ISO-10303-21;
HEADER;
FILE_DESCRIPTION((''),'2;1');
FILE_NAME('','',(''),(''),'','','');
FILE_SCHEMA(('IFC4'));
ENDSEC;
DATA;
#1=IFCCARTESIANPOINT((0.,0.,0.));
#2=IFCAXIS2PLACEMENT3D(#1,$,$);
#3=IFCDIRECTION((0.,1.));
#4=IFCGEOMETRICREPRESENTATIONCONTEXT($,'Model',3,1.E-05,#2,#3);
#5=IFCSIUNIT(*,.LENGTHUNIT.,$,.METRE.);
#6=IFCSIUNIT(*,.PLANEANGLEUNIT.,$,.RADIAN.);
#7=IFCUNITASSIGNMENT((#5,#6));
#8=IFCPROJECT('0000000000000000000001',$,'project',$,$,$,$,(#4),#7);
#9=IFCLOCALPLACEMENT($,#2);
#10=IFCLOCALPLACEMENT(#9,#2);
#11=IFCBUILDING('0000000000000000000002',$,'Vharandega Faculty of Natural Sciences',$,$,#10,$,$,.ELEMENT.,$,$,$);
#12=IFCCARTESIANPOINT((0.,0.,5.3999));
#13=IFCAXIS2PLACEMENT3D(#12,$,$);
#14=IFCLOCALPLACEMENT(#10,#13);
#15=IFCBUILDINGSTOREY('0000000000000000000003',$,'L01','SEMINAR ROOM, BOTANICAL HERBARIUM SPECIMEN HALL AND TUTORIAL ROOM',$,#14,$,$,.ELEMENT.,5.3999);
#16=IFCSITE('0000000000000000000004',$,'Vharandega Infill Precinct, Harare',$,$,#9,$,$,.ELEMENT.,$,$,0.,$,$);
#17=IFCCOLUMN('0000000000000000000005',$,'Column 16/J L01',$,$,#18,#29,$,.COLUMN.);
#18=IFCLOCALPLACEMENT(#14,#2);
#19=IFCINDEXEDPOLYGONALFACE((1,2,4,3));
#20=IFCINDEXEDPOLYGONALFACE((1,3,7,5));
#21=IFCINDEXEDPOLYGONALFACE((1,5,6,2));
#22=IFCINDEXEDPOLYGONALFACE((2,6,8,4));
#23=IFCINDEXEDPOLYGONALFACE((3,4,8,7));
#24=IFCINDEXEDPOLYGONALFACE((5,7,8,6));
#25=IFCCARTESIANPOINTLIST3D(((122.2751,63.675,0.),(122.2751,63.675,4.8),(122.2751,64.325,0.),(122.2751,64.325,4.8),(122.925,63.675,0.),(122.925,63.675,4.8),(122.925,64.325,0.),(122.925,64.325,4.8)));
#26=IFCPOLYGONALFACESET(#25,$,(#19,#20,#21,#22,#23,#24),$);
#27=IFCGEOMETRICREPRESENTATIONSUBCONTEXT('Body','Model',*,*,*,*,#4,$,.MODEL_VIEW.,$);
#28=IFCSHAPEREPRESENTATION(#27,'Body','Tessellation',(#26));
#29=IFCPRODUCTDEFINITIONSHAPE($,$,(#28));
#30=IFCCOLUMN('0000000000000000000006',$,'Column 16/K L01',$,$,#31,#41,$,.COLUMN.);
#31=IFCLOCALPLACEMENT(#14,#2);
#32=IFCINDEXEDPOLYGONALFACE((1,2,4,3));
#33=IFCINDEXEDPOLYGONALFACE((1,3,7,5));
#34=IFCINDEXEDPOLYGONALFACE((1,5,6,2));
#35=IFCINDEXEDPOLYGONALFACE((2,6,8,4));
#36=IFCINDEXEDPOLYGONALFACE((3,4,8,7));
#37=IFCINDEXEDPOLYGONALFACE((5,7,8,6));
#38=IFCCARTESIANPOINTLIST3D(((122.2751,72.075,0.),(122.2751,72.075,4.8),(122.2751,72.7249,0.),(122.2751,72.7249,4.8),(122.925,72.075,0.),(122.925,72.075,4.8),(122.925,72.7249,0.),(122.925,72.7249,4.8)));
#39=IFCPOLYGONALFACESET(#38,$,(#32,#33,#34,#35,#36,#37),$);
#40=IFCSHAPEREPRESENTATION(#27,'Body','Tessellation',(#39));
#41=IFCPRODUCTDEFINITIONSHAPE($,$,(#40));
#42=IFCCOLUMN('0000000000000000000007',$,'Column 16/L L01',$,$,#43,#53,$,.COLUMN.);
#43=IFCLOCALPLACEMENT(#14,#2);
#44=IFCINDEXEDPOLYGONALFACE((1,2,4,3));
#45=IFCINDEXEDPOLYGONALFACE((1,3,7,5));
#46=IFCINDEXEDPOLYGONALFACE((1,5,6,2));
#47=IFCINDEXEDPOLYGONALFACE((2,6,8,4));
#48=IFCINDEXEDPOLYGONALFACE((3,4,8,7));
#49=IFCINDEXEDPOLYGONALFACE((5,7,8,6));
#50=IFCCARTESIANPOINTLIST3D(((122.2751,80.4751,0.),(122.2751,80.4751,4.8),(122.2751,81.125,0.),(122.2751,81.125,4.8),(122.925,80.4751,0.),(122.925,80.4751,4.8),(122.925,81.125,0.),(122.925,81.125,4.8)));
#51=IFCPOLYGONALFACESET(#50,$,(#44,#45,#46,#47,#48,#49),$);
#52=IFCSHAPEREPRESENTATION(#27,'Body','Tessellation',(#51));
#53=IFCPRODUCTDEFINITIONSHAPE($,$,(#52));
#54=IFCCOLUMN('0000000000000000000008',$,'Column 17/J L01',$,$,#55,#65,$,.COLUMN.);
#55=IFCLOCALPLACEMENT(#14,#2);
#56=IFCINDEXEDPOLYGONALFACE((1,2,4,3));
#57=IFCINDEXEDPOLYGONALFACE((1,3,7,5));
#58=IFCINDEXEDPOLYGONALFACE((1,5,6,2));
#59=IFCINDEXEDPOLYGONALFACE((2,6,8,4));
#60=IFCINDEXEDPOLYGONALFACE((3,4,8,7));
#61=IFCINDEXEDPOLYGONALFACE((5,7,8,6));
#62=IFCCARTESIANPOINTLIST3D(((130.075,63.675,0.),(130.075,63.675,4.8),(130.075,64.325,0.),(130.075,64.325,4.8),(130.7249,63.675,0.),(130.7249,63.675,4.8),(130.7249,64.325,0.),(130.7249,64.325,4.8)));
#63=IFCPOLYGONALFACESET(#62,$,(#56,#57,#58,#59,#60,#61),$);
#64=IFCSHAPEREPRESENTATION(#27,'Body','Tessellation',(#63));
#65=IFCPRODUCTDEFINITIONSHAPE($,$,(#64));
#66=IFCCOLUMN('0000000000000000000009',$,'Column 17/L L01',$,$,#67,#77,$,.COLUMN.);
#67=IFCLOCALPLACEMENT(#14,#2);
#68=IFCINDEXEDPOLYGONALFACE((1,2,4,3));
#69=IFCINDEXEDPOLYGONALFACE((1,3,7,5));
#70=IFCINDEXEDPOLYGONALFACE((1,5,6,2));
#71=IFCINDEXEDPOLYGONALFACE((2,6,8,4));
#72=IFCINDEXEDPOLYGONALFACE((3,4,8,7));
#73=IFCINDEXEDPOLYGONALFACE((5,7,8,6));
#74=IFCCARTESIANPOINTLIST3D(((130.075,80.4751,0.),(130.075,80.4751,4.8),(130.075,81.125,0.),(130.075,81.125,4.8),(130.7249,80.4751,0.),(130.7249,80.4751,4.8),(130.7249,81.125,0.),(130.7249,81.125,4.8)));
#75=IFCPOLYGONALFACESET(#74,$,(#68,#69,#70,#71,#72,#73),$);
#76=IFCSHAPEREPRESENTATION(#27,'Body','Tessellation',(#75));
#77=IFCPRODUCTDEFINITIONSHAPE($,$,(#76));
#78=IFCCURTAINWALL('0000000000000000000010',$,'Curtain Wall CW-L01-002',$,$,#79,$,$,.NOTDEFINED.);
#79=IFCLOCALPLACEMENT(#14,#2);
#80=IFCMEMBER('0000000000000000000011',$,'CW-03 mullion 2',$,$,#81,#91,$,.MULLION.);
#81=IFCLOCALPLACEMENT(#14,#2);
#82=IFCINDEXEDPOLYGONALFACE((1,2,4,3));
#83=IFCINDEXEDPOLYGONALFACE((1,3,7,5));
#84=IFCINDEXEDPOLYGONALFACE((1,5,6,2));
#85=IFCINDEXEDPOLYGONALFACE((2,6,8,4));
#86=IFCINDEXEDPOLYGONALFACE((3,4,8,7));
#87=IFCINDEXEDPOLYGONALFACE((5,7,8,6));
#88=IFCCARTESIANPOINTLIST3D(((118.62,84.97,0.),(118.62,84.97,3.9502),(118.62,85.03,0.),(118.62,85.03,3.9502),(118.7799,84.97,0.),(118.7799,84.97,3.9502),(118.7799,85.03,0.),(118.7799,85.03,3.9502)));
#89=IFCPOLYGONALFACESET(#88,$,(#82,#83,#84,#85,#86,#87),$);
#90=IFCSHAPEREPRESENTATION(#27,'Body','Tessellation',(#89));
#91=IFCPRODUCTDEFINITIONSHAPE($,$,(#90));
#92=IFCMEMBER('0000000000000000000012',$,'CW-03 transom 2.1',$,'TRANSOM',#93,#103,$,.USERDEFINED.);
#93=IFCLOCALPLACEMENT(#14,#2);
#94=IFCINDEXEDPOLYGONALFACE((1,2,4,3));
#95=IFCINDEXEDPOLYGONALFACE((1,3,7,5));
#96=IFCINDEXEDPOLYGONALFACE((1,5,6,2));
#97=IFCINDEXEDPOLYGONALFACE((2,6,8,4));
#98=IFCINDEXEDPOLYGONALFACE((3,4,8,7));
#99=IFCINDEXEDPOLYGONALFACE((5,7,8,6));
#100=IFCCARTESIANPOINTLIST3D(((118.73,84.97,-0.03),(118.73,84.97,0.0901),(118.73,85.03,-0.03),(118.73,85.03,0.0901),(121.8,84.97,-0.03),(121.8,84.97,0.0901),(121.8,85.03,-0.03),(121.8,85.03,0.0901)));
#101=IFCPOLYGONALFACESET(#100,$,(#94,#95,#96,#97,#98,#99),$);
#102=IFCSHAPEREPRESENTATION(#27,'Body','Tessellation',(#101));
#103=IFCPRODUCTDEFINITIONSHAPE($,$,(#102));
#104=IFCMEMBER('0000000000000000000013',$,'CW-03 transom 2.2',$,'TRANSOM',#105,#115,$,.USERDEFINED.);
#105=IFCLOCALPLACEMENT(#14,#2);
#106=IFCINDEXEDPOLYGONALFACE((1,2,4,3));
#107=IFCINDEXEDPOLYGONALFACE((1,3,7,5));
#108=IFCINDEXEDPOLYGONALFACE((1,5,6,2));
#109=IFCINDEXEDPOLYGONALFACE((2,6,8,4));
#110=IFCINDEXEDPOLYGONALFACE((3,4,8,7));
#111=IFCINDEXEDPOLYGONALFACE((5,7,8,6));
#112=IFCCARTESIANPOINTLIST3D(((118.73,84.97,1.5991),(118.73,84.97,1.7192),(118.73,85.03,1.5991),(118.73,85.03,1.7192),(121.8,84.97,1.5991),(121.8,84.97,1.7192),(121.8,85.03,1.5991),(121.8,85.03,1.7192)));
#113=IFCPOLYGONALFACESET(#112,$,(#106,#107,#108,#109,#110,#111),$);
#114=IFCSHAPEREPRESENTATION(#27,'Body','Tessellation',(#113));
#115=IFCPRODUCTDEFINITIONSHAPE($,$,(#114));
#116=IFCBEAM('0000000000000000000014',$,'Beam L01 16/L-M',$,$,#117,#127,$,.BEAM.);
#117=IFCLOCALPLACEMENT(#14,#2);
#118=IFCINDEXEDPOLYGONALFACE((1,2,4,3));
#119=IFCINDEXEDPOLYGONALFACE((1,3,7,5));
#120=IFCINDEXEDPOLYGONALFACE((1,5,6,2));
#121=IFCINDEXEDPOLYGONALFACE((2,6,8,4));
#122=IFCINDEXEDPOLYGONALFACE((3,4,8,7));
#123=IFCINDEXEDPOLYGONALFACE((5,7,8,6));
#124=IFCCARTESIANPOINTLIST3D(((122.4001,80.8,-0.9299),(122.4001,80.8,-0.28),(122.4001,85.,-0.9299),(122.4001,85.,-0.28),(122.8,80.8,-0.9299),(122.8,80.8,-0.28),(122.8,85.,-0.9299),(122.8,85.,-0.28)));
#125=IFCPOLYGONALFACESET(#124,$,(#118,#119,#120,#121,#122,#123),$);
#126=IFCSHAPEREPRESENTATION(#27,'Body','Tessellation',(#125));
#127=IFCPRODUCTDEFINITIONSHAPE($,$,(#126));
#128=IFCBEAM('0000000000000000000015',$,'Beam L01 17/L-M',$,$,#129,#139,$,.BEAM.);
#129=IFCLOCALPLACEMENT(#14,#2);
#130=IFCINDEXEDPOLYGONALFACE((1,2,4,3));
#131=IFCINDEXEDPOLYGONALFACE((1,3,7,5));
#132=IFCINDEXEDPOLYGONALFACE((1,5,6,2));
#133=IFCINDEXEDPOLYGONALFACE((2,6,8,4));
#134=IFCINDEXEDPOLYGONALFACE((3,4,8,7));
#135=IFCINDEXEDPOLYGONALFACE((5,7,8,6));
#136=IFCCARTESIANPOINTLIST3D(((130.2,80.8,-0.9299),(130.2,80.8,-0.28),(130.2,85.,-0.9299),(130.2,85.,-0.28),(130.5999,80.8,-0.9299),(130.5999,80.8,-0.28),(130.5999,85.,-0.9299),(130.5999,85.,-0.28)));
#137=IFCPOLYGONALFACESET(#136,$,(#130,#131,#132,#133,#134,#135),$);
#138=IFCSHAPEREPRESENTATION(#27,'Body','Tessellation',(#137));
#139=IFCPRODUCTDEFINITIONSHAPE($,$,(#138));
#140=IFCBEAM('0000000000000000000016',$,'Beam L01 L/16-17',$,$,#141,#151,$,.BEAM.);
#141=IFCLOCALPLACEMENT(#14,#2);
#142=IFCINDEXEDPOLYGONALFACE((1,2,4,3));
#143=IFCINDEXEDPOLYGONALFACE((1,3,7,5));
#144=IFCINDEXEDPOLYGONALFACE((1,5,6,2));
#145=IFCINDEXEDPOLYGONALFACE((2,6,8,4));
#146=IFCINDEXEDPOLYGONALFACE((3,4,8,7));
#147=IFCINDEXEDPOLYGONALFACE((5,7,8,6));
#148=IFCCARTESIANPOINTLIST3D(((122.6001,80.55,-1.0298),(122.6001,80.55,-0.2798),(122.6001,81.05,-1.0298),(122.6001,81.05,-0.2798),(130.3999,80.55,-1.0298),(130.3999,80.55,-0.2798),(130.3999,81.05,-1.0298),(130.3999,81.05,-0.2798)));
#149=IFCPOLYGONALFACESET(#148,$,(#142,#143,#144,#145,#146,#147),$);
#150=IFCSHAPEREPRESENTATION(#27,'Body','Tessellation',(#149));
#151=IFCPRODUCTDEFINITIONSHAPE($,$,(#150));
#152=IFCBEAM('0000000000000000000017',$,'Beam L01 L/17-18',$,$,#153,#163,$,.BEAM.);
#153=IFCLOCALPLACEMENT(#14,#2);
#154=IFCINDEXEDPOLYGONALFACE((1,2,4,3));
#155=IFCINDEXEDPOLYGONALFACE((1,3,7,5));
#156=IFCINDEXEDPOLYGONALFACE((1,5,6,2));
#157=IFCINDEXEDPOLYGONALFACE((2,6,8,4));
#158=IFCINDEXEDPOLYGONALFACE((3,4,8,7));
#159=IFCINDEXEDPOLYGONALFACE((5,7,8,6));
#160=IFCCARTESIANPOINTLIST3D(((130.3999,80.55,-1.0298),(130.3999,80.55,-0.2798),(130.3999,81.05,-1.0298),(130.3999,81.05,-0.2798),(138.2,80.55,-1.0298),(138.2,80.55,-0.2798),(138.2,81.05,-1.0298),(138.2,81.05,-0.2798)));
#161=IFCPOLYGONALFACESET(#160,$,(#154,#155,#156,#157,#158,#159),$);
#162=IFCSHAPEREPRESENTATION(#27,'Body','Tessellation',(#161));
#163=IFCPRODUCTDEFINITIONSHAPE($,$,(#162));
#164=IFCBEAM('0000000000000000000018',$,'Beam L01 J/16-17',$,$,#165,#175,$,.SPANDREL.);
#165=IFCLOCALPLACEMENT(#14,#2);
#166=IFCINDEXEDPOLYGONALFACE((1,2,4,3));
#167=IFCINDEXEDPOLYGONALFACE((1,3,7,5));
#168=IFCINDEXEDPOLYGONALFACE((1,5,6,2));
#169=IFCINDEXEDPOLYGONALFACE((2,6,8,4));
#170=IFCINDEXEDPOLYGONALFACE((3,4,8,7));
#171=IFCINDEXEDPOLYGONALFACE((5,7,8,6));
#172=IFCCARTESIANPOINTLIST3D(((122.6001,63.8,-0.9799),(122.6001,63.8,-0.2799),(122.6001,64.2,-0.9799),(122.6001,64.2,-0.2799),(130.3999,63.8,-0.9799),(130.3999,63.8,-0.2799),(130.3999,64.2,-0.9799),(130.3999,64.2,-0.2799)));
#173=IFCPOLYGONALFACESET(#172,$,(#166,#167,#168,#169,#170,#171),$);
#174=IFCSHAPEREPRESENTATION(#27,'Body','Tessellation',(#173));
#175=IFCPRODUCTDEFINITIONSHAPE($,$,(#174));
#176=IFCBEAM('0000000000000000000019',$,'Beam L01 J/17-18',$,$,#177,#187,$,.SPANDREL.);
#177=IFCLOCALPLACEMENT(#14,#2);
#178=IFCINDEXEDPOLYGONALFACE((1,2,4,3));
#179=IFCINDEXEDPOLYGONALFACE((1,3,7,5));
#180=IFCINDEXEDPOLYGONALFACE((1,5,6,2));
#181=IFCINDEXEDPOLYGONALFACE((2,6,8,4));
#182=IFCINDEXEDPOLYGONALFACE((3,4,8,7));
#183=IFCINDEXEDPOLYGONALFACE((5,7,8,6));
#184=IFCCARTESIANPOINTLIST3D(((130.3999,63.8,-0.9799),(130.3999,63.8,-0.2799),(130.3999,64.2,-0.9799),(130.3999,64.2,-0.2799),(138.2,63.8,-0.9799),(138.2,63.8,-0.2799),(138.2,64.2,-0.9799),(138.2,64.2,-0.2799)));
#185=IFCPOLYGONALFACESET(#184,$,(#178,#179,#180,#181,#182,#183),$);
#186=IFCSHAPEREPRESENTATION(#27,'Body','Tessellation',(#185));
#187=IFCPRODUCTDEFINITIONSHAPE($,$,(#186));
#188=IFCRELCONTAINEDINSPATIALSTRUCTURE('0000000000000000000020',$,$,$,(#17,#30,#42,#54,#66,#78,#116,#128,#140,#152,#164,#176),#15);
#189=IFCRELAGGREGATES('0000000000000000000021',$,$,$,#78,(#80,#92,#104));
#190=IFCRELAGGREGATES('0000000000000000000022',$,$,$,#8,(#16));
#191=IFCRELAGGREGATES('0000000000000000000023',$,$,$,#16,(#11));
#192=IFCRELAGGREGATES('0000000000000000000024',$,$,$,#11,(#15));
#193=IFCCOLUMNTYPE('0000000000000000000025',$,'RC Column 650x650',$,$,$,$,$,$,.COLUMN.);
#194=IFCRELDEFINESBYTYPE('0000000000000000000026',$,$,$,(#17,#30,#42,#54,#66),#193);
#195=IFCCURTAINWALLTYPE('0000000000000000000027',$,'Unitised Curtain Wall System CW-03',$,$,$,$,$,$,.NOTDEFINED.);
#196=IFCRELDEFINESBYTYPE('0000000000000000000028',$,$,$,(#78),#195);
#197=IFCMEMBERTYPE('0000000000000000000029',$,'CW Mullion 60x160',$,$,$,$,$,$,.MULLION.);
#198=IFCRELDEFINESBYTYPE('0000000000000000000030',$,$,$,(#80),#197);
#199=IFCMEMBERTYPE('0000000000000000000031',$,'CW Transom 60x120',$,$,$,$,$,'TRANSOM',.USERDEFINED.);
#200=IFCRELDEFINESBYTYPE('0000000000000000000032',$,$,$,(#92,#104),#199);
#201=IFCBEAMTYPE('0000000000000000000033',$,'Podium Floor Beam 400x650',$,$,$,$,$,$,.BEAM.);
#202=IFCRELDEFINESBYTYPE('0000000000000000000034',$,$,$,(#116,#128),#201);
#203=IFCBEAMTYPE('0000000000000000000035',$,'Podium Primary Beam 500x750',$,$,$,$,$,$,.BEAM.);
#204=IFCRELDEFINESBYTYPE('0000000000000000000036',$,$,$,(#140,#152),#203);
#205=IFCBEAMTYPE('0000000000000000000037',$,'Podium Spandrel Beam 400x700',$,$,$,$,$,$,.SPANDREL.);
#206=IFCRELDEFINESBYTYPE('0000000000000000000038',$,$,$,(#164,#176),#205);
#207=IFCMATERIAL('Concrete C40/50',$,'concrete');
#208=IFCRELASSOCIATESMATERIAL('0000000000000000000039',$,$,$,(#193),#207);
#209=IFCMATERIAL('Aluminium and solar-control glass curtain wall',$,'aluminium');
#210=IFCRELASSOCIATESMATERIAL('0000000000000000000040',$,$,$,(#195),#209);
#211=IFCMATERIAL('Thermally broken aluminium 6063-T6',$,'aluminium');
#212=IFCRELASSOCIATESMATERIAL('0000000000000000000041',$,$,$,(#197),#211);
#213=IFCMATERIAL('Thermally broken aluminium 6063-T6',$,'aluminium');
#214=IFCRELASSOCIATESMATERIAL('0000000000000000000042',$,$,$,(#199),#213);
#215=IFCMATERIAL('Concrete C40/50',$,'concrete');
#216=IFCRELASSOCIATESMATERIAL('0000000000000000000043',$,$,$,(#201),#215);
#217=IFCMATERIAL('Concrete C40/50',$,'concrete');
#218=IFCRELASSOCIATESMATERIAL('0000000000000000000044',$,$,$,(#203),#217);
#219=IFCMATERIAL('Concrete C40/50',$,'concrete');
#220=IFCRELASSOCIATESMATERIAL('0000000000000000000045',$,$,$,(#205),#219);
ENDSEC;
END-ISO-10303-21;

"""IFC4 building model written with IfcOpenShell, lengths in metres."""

from ifc_helpers import new_model, si_unit, direction, frame, origin, origin_2d, place, context, subcontext, project, spatial, rectangle, extrude, material, material_profile, profile_set, type_object, element, aggregate, save


model = new_model("IFC4")

# Units and contexts
model_context = context("Model", 3, precision=1e-05, world=origin(), true_north=direction((0.0, 1.0)))
body_context = subcontext(model_context, "Body", "Model", "MODEL_VIEW")
ifc_project = project(units=[si_unit("LENGTHUNIT", "METRE"), si_unit("PLANEANGLEUNIT", "RADIAN")], contexts=[model_context])

# Site, building, storey
site_placement = place(None, origin())
site = spatial("IfcSite", under=ifc_project, at=site_placement, Name="Vharandega Infill Precinct, Harare", CompositionType="ELEMENT", RefElevation=0.0)
building_placement = place(site_placement, origin())
building = spatial("IfcBuilding", under=site, at=building_placement, Name="Vharandega Faculty of Natural Sciences", CompositionType="ELEMENT")
storey_placement = place(building_placement, frame((0.0, 0.0, 5.3999)))
storey = spatial("IfcBuildingStorey", under=building, at=storey_placement, Name="L01", Description="SEMINAR ROOM, BOTANICAL HERBARIUM SPECIMEN HALL AND TUTORIAL ROOM", CompositionType="ELEMENT", Elevation=5.3999)

# Columns
ifc_material_1 = material(Name="Concrete C40/50", Category="concrete")
ifc_material_profile_1 = material_profile(ifc_material_1, rectangle(XDim=0.6499, YDim=0.6499, at=origin_2d()), Name="RC 650x650")
ifc_profile_set_1 = profile_set([ifc_material_profile_1], Name="Concrete C40/50")
column_type = type_object("IfcColumnType", Name="RC Column 650x650", PredefinedType="COLUMN", material=ifc_profile_set_1)
for number, where, z_axis, x_axis, name in (
    (1, (122.6001, 64.0, 0.0), (0.0, 0.0, 1.0), (1.0, 0.0, 0.0), "Column 16/J L01"),
    (2, (122.6001, 72.3999, 0.0), (0.0, 0.0, 1.0), (1.0, 0.0, 0.0), "Column 16/K L01"),
    (3, (122.6001, 80.8, 0.0), (0.0, 0.0, 1.0), (1.0, 0.0, 0.0), "Column 16/L L01"),
    (4, (130.3999, 64.0, 0.0), (0.0, 0.0, 1.0), (1.0, 0.0, 0.0), "Column 17/J L01"),
    (5, (130.3999, 80.8, 0.0), (0.0, 0.0, 1.0), (1.0, 0.0, 0.0), "Column 17/L L01"),
):
    element("IfcColumn", number, at=place(storey_placement, frame(where, z_axis=z_axis, x_axis=x_axis)), inside=storey, type_object=column_type, Name=name, PredefinedType="COLUMN", context=body_context, shape_type="SweptSolid", body=[
        extrude(rectangle(XDim=0.6499, YDim=0.6499, at=origin_2d()), origin(), (0.0, 0.0, 1.0), 4.8),
    ])

# Curtain wall, members
ifc_material_2 = material(Name="Aluminium and solar-control glass curtain wall", Category="aluminium")
curtain_wall_type = type_object("IfcCurtainWallType", Name="Unitised Curtain Wall System CW-03", PredefinedType="NOTDEFINED", material=ifc_material_2)
curtain_wall_placement = place(storey_placement, origin())
curtain_wall = element("IfcCurtainWall", 6, at=curtain_wall_placement, inside=storey, type_object=curtain_wall_type, Name="Curtain Wall CW-L01-002", PredefinedType="NOTDEFINED")
ifc_material_3 = material(Name="Thermally broken aluminium 6063-T6", Category="aluminium")
ifc_material_profile_2 = material_profile(ifc_material_3, rectangle(XDim=0.0601, YDim=0.1599, at=origin_2d()), Name="ALU 60x160")
ifc_profile_set_2 = profile_set([ifc_material_profile_2], Name="Thermally broken aluminium 6063-T6")
member_type_1 = type_object("IfcMemberType", Name="CW Mullion 60x160", PredefinedType="MULLION", material=ifc_profile_set_2)
member_1_placement = place(storey_placement, frame((118.7, 85.0, 0.0), z_axis=(0.0, 0.0, 1.0), x_axis=(0.0, 1.0, 0.0)))
member_1 = element("IfcMember", 7, at=member_1_placement, type_object=member_type_1, Name="CW-03 mullion 2", PredefinedType="MULLION", context=body_context, shape_type="SweptSolid", body=[
    extrude(rectangle(XDim=0.0601, YDim=0.1599, at=origin_2d()), origin(), (0.0, 0.0, 1.0), 3.9502),
])
ifc_material_4 = material(Name="Thermally broken aluminium 6063-T6", Category="aluminium")
ifc_material_profile_3 = material_profile(ifc_material_4, rectangle(XDim=0.0601, YDim=0.1201, at=origin_2d()), Name="ALU 60x120")
ifc_profile_set_3 = profile_set([ifc_material_profile_3], Name="Thermally broken aluminium 6063-T6")
member_type_2 = type_object("IfcMemberType", Name="CW Transom 60x120", ElementType="TRANSOM", PredefinedType="USERDEFINED", material=ifc_profile_set_3)
member_2_placement = place(storey_placement, frame((118.73, 85.0, 0.03), z_axis=(1.0, 0.0, 0.0), x_axis=(0.0, 1.0, 0.0)))
member_2 = element("IfcMember", 8, at=member_2_placement, type_object=member_type_2, Name="CW-03 transom 2.1", ObjectType="TRANSOM", PredefinedType="USERDEFINED", context=body_context, shape_type="SweptSolid", body=[
    extrude(rectangle(XDim=0.0601, YDim=0.1201, at=origin_2d()), origin(), (0.0, 0.0, 1.0), 3.0701),
])
member_3_placement = place(storey_placement, frame((118.73, 85.0, 1.6592), z_axis=(1.0, 0.0, 0.0), x_axis=(0.0, 1.0, 0.0)))
member_3 = element("IfcMember", 9, at=member_3_placement, type_object=member_type_2, Name="CW-03 transom 2.2", ObjectType="TRANSOM", PredefinedType="USERDEFINED", context=body_context, shape_type="SweptSolid", body=[
    extrude(rectangle(XDim=0.0601, YDim=0.1201, at=origin_2d()), origin(), (0.0, 0.0, 1.0), 3.0701),
])
aggregate(curtain_wall, [member_1, member_2, member_3])

# Beams
ifc_material_5 = material(Name="Concrete C40/50", Category="concrete")
ifc_material_profile_4 = material_profile(ifc_material_5, rectangle(XDim=0.3999, YDim=0.6499, at=origin_2d()), Name="RC 400x650")
ifc_profile_set_4 = profile_set([ifc_material_profile_4], Name="Concrete C40/50")
beam_type_1 = type_object("IfcBeamType", Name="Podium Floor Beam 400x650", PredefinedType="BEAM", material=ifc_profile_set_4)
for number, where, z_axis, x_axis, name in (
    (10, (122.6001, 80.8, -0.605), (0.0, 1.0, 0.0), (-1.0, 0.0, 0.0), "Beam L01 16/L-M"),
    (11, (130.3999, 80.8, -0.605), (0.0, 1.0, 0.0), (-1.0, 0.0, 0.0), "Beam L01 17/L-M"),
):
    element("IfcBeam", number, at=place(storey_placement, frame(where, z_axis=z_axis, x_axis=x_axis)), inside=storey, type_object=beam_type_1, Name=name, PredefinedType="BEAM", context=body_context, shape_type="SweptSolid", body=[
        extrude(rectangle(XDim=0.3999, YDim=0.6499, at=origin_2d()), origin(), (0.0, 0.0, 1.0), 4.2),
    ])
ifc_material_6 = material(Name="Concrete C40/50", Category="concrete")
ifc_material_profile_5 = material_profile(ifc_material_6, rectangle(XDim=0.5, YDim=0.75, at=origin_2d()), Name="RC 500x750")
ifc_profile_set_5 = profile_set([ifc_material_profile_5], Name="Concrete C40/50")
beam_type_2 = type_object("IfcBeamType", Name="Podium Primary Beam 500x750", PredefinedType="BEAM", material=ifc_profile_set_5)
beam_1_placement = place(storey_placement, frame((122.6001, 80.8, -0.6548), z_axis=(1.0, 0.0, 0.0), x_axis=(0.0, 1.0, 0.0)))
element("IfcBeam", 12, at=beam_1_placement, inside=storey, type_object=beam_type_2, Name="Beam L01 L/16-17", PredefinedType="BEAM", context=body_context, shape_type="SweptSolid", body=[
    extrude(rectangle(XDim=0.5, YDim=0.75, at=origin_2d()), origin(), (0.0, 0.0, 1.0), 7.7998),
])
beam_2_placement = place(storey_placement, frame((130.3999, 80.8, -0.6548), z_axis=(1.0, 0.0, 0.0), x_axis=(0.0, 1.0, 0.0)))
element("IfcBeam", 13, at=beam_2_placement, inside=storey, type_object=beam_type_2, Name="Beam L01 L/17-18", PredefinedType="BEAM", context=body_context, shape_type="SweptSolid", body=[
    extrude(rectangle(XDim=0.5, YDim=0.75, at=origin_2d()), origin(), (0.0, 0.0, 1.0), 7.8),
])
ifc_material_7 = material(Name="Concrete C40/50", Category="concrete")
ifc_material_profile_6 = material_profile(ifc_material_7, rectangle(XDim=0.3999, YDim=0.7, at=origin_2d()), Name="RC 400x700")
ifc_profile_set_6 = profile_set([ifc_material_profile_6], Name="Concrete C40/50")
beam_type_3 = type_object("IfcBeamType", Name="Podium Spandrel Beam 400x700", PredefinedType="SPANDREL", material=ifc_profile_set_6)
beam_3_placement = place(storey_placement, frame((122.6001, 64.0, -0.6299), z_axis=(1.0, 0.0, 0.0), x_axis=(0.0, 1.0, 0.0)))
element("IfcBeam", 14, at=beam_3_placement, inside=storey, type_object=beam_type_3, Name="Beam L01 J/16-17", PredefinedType="SPANDREL", context=body_context, shape_type="SweptSolid", body=[
    extrude(rectangle(XDim=0.3999, YDim=0.7, at=origin_2d()), origin(), (0.0, 0.0, 1.0), 7.7998),
])
beam_4_placement = place(storey_placement, frame((130.3999, 64.0, -0.6299), z_axis=(1.0, 0.0, 0.0), x_axis=(0.0, 1.0, 0.0)))
element("IfcBeam", 15, at=beam_4_placement, inside=storey, type_object=beam_type_3, Name="Beam L01 J/17-18", PredefinedType="SPANDREL", context=body_context, shape_type="SweptSolid", body=[
    extrude(rectangle(XDim=0.3999, YDim=0.7, at=origin_2d()), origin(), (0.0, 0.0, 1.0), 7.8),
])

save(model, "model.ifc")
